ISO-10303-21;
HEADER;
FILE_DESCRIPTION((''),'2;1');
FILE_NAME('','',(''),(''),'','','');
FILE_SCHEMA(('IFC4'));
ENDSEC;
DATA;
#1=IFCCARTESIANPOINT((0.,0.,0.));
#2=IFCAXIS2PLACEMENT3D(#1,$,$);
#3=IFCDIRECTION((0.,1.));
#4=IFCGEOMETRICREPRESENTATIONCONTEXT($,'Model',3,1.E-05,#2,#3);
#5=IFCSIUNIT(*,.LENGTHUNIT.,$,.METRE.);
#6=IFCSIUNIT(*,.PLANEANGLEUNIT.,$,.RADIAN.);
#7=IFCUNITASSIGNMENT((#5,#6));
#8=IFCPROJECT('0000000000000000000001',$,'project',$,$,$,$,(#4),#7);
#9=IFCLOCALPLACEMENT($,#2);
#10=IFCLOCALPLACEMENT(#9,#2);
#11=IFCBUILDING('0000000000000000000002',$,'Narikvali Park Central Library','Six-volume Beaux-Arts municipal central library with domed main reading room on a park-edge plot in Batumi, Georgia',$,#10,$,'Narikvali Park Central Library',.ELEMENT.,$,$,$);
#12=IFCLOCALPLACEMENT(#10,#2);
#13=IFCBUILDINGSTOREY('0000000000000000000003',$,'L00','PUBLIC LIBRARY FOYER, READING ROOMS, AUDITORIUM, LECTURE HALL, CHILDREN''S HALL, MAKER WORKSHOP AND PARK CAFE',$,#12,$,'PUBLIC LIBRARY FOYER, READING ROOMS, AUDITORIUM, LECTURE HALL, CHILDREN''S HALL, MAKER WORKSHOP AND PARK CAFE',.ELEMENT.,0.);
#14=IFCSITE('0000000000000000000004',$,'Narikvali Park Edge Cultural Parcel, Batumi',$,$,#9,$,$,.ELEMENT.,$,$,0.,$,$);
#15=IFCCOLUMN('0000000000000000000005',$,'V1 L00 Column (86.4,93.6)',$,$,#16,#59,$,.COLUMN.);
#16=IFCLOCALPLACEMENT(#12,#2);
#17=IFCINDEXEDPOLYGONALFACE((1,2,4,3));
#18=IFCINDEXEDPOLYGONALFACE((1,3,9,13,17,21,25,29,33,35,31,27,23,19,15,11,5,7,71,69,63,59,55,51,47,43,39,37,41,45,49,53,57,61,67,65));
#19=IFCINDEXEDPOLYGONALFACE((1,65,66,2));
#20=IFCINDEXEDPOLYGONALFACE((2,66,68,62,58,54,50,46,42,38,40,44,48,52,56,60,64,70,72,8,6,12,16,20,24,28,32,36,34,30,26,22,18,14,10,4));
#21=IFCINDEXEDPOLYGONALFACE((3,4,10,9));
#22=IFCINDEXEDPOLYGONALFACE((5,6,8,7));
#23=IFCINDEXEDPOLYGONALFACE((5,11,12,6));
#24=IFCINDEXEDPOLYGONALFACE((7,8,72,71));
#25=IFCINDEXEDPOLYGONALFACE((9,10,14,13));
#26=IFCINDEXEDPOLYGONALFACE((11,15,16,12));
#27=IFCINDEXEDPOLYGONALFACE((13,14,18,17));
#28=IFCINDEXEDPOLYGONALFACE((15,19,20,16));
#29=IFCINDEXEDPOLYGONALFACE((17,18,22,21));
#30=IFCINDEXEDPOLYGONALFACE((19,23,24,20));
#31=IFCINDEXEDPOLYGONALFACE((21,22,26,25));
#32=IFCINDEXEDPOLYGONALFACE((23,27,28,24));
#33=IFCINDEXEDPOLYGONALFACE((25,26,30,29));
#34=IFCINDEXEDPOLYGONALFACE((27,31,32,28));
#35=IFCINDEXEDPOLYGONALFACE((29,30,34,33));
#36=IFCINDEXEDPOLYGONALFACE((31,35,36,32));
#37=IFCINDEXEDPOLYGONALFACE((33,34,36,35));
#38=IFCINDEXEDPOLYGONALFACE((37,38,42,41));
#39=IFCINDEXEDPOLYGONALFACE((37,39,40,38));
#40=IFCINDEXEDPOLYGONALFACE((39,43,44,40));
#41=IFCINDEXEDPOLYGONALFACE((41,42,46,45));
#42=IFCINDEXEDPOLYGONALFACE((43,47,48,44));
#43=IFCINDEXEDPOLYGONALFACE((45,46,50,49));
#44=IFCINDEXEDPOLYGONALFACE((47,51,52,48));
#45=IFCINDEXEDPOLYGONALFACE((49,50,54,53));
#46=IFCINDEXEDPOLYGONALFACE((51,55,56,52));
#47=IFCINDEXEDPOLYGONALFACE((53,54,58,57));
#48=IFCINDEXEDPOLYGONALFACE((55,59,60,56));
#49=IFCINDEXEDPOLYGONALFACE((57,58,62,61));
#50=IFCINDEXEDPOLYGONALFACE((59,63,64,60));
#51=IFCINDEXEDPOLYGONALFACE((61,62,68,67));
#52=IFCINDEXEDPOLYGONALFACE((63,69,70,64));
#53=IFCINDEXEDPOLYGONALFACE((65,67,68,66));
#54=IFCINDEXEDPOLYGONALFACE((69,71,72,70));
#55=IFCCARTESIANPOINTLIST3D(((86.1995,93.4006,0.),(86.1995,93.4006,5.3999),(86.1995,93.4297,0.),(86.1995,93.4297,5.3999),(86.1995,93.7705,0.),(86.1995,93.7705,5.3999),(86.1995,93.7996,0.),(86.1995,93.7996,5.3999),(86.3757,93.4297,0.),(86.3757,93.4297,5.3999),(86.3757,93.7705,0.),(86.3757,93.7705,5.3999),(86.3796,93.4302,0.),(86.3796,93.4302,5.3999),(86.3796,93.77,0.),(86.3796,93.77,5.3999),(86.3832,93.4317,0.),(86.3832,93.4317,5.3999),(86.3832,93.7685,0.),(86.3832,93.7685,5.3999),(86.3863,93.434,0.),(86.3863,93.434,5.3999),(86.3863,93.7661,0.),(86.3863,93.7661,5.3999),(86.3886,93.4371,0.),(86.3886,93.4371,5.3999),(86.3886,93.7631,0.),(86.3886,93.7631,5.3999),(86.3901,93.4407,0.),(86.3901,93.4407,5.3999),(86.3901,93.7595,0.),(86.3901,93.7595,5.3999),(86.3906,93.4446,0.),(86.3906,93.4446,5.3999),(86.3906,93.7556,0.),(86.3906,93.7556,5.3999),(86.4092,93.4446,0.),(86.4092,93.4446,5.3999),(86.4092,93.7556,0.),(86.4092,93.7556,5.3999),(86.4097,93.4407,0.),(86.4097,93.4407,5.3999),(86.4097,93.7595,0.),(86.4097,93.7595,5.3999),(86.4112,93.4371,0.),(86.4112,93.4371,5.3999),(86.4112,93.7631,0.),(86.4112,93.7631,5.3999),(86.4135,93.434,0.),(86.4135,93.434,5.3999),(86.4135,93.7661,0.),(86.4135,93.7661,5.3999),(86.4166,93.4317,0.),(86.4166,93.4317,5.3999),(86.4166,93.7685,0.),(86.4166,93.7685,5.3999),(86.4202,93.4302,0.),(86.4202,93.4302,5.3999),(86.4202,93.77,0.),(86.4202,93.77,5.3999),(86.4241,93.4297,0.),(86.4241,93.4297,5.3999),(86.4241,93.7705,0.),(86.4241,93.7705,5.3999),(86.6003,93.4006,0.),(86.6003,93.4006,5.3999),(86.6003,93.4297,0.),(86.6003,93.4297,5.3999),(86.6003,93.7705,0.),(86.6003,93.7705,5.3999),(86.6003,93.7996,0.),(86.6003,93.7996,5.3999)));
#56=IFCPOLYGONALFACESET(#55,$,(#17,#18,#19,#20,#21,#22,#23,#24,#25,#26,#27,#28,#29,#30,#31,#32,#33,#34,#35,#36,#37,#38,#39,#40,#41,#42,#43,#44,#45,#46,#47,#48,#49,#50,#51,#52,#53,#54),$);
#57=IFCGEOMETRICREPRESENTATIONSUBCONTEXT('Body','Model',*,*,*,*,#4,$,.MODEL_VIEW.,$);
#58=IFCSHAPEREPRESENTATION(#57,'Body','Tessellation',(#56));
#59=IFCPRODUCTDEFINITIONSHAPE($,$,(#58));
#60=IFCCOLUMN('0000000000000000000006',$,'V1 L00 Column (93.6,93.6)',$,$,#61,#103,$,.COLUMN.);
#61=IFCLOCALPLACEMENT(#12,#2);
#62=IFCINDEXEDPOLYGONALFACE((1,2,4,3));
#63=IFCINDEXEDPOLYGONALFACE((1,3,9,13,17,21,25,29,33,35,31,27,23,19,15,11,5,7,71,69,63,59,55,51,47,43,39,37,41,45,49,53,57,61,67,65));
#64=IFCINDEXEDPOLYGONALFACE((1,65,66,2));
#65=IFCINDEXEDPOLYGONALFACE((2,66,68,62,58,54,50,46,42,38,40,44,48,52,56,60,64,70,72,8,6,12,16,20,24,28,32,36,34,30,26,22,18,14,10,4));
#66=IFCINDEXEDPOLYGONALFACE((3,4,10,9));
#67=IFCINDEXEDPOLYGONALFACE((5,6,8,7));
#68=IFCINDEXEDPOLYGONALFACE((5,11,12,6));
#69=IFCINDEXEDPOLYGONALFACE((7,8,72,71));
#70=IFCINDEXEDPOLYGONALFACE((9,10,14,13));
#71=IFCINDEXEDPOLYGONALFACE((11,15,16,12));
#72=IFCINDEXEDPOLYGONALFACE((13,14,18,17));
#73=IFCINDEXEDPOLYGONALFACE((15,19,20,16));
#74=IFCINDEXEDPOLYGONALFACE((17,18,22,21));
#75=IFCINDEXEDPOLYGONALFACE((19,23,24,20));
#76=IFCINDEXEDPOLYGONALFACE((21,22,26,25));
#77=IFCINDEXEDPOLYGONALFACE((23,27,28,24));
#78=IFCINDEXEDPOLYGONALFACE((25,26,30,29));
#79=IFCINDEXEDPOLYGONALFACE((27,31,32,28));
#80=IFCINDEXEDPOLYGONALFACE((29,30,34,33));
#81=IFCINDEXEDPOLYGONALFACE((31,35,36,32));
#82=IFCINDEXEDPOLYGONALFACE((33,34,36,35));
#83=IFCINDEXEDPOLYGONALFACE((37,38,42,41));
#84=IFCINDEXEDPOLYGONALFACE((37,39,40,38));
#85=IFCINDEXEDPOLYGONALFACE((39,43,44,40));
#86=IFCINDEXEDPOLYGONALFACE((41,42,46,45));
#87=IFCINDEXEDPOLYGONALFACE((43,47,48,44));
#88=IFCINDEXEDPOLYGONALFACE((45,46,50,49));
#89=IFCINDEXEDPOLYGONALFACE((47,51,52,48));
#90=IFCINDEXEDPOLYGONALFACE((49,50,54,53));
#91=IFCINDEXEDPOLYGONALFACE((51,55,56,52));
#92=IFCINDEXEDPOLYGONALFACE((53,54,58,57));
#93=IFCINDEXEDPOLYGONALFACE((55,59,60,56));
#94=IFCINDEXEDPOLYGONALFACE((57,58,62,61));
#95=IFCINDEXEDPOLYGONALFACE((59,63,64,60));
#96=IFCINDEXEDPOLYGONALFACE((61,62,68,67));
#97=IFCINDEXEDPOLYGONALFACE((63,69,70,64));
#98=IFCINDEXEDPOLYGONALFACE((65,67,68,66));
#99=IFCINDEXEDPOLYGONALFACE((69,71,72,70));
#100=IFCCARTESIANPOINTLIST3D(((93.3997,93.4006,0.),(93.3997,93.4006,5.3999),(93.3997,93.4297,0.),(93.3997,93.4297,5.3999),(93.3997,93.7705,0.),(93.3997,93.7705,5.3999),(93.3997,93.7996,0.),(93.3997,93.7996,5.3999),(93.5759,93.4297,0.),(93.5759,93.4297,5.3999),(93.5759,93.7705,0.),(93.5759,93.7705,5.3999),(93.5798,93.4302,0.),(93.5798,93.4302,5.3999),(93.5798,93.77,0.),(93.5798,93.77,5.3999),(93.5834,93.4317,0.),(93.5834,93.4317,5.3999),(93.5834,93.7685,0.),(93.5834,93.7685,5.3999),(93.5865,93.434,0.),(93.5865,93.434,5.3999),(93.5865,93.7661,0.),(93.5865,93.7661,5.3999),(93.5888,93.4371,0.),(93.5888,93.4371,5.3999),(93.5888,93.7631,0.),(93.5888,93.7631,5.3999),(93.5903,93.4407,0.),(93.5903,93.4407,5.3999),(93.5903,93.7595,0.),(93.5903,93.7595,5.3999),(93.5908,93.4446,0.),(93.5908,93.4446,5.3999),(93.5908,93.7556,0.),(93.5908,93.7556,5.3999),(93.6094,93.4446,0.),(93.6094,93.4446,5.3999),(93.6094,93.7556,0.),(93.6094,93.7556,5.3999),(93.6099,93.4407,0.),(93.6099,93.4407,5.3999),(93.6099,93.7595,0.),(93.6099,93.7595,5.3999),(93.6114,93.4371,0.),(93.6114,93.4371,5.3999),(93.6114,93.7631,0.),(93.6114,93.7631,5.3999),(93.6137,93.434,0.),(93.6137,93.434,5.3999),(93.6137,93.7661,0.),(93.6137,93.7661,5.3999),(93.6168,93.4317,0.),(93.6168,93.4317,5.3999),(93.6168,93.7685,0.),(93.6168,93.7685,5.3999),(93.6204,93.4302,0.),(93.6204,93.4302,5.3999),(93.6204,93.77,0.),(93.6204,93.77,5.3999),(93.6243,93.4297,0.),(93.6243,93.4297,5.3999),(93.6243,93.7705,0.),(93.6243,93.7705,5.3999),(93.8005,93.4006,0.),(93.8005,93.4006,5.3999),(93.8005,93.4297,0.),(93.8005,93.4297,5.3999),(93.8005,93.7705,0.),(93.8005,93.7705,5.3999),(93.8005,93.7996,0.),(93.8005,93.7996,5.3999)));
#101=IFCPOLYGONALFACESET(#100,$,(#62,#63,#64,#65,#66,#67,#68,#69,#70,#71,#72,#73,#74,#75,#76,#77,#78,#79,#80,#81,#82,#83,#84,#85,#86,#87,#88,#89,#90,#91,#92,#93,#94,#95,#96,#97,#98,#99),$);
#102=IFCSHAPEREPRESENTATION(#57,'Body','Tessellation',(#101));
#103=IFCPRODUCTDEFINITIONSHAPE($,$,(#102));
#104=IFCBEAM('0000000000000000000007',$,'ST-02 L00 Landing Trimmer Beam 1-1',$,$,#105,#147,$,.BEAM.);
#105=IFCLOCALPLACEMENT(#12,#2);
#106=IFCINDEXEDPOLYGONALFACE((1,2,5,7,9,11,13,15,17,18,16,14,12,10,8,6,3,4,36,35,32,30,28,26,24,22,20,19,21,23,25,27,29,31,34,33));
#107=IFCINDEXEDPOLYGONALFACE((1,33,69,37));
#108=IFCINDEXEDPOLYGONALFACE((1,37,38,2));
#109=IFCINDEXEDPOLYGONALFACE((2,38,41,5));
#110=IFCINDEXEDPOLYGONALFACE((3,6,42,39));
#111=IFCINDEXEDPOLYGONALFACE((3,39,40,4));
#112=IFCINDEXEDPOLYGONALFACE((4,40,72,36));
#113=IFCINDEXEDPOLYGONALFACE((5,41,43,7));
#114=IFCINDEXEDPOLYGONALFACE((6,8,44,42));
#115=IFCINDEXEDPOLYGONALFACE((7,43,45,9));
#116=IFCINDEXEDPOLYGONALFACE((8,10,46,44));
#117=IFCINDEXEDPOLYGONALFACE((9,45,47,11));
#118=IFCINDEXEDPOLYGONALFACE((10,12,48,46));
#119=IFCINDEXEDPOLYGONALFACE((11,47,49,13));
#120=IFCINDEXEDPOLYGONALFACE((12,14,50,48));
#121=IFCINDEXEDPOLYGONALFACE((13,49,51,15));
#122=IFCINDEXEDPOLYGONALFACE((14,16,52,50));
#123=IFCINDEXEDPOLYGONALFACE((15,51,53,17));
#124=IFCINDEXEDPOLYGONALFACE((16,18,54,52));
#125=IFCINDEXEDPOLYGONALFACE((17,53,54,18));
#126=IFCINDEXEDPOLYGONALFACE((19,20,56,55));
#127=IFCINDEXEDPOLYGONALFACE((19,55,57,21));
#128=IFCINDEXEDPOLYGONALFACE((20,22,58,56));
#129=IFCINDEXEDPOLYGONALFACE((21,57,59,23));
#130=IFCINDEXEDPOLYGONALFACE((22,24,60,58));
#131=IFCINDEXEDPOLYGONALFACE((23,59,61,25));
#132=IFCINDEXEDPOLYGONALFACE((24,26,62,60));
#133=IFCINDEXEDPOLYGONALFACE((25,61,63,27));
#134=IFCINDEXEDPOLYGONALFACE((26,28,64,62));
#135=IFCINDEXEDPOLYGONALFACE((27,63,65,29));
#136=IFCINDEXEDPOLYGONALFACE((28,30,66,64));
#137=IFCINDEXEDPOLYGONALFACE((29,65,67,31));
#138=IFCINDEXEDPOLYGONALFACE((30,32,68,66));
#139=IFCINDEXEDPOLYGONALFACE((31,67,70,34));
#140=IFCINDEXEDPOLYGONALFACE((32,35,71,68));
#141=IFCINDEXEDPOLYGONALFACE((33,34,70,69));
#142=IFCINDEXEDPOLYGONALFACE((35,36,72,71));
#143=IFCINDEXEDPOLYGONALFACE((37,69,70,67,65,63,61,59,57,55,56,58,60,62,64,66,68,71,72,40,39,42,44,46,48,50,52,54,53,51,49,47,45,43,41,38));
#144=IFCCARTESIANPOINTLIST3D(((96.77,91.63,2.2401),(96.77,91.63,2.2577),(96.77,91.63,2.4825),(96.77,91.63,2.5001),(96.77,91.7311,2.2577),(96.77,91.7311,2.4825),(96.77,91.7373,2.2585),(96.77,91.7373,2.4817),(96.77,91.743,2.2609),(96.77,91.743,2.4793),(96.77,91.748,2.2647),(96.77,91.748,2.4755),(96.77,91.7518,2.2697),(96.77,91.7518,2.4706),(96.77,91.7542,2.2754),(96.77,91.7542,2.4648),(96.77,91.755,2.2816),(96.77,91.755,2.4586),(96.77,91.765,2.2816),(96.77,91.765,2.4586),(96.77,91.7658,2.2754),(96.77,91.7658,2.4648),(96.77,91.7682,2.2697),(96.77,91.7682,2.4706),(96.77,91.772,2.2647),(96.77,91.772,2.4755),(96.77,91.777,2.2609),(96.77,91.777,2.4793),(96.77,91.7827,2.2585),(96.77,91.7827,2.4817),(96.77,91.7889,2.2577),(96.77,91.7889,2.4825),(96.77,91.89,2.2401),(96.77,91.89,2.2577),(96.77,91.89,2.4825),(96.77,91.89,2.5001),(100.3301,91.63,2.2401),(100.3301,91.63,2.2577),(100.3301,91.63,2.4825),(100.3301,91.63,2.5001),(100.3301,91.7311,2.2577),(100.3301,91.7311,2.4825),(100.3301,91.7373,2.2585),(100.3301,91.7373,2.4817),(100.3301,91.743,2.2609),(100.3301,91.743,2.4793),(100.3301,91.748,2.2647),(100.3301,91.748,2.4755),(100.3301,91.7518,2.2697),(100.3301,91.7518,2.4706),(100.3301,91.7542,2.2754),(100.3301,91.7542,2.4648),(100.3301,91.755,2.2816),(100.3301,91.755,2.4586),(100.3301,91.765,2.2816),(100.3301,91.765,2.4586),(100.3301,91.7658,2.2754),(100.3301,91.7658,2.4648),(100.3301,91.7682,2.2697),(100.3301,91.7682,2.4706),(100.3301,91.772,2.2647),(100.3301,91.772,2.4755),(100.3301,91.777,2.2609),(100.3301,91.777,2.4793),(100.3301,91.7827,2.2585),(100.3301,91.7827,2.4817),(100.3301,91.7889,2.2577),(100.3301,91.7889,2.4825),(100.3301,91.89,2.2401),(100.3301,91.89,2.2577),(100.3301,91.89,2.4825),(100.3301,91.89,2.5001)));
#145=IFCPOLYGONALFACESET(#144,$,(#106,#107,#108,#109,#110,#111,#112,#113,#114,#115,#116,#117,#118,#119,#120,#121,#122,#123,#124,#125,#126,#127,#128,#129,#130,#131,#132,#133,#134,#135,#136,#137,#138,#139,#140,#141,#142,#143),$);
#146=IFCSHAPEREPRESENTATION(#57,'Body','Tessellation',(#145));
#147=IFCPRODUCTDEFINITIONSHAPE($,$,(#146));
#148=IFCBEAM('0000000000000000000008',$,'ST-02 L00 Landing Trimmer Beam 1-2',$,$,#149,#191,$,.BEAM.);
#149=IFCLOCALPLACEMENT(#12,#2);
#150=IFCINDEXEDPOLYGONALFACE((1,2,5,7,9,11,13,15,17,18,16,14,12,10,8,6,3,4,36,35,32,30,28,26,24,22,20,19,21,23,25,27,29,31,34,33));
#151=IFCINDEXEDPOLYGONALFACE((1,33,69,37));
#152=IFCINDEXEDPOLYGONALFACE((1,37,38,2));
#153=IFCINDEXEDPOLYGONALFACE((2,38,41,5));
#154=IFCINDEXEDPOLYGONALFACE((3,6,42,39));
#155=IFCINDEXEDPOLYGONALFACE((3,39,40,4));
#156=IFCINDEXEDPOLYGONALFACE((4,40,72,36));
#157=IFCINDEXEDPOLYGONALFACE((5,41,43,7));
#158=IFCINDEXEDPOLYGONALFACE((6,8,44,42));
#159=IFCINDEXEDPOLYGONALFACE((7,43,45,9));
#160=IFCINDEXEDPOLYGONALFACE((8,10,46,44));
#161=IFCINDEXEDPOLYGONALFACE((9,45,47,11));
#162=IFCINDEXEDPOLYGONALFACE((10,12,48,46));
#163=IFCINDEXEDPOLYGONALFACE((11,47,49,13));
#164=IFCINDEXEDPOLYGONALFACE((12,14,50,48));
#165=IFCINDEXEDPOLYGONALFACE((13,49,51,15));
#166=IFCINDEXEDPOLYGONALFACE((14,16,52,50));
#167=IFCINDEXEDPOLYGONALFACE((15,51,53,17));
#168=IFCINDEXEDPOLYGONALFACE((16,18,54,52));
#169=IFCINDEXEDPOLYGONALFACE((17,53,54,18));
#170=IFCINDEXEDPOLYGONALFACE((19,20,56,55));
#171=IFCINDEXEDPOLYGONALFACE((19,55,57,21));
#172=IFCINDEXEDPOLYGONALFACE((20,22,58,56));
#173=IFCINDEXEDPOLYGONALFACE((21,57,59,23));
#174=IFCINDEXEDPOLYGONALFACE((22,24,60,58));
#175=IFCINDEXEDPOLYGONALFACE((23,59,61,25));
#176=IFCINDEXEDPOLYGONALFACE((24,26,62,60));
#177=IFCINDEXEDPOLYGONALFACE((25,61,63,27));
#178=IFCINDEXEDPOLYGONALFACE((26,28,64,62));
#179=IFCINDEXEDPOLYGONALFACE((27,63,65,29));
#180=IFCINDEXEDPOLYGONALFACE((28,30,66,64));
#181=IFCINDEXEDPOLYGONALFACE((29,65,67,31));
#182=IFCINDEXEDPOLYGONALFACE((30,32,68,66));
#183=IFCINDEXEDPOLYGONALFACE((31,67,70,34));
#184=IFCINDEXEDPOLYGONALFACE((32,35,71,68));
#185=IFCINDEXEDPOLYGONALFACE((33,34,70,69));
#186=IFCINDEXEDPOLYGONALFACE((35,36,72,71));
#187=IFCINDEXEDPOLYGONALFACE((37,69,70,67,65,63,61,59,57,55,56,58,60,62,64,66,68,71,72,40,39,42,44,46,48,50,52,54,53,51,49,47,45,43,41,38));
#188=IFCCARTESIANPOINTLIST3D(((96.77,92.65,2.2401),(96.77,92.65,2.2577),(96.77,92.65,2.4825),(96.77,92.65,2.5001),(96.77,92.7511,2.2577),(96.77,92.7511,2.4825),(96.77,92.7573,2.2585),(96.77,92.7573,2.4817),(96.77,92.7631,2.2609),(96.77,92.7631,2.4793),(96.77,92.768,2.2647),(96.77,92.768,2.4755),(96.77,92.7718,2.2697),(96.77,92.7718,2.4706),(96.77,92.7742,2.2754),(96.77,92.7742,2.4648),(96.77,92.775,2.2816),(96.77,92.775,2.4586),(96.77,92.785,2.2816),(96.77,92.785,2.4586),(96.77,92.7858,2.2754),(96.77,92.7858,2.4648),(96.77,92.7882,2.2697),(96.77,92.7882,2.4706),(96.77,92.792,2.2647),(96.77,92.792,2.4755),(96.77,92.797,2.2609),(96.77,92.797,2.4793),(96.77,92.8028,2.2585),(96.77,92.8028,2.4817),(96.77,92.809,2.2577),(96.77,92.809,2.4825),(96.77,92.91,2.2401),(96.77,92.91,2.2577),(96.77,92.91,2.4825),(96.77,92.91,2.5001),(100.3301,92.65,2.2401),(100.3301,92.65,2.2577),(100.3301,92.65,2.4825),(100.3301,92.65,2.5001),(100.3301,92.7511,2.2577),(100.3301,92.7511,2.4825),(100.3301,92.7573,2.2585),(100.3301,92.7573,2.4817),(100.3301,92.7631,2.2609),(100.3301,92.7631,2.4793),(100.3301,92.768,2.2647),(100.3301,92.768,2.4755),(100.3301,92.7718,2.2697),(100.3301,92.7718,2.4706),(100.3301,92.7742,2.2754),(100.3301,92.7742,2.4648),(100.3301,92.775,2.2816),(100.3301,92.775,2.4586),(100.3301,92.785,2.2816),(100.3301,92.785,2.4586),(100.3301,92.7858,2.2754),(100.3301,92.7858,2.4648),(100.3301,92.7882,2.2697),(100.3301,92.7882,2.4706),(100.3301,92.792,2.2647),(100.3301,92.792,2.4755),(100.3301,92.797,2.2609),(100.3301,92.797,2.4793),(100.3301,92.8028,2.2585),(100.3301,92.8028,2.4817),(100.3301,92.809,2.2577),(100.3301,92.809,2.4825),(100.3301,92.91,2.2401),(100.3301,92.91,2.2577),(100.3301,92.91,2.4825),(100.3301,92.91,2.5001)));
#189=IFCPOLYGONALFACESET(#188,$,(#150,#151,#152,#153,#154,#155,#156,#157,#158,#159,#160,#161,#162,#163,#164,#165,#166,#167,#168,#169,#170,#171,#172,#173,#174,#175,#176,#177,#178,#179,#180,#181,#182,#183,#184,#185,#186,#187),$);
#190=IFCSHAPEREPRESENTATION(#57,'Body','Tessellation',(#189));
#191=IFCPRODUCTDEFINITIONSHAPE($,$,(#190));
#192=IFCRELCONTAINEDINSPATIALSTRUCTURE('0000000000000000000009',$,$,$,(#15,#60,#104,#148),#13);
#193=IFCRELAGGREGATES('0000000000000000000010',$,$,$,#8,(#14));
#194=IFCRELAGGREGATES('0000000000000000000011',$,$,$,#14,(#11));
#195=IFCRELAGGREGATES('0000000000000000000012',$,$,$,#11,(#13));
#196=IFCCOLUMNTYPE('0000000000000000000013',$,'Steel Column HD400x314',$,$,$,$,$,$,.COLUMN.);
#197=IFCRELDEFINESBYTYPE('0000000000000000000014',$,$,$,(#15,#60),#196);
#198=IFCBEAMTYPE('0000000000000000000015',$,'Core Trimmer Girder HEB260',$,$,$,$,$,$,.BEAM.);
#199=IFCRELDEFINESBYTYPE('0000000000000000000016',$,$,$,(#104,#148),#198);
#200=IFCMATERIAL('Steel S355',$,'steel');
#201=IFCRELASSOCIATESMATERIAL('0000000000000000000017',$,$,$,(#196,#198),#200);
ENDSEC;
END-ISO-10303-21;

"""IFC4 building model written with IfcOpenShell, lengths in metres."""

from ifc_helpers import new_model, si_unit, direction, frame, origin, origin_2d, place, context, subcontext, project, spatial, i_section, extrude, material, material_profile, profile_set, type_object, element, save


model = new_model("IFC4")

# Units and contexts
model_context = context("Model", 3, precision=1e-05, world=origin(), true_north=direction((0.0, 1.0)))
body_context = subcontext(model_context, "Body", "Model", "MODEL_VIEW")
ifc_project = project(units=[si_unit("LENGTHUNIT", "METRE"), si_unit("PLANEANGLEUNIT", "RADIAN")], contexts=[model_context])

# Site, building, storey
site_placement = place(None, origin())
site = spatial("IfcSite", under=ifc_project, at=site_placement, Name="Narikvali Park Edge Cultural Parcel, Batumi", CompositionType="ELEMENT", RefElevation=0.0)
building_placement = place(site_placement, origin())
building = spatial("IfcBuilding", under=site, at=building_placement, Name="Narikvali Park Central Library", Description="Six-volume Beaux-Arts municipal central library with domed main reading room on a park-edge plot in Batumi, Georgia", LongName="Narikvali Park Central Library", CompositionType="ELEMENT")
storey_placement = place(building_placement, origin())
storey = spatial("IfcBuildingStorey", under=building, at=storey_placement, Name="L00", Description="PUBLIC LIBRARY FOYER, READING ROOMS, AUDITORIUM, LECTURE HALL, CHILDREN'S HALL, MAKER WORKSHOP AND PARK CAFE", LongName="PUBLIC LIBRARY FOYER, READING ROOMS, AUDITORIUM, LECTURE HALL, CHILDREN'S HALL, MAKER WORKSHOP AND PARK CAFE", CompositionType="ELEMENT", Elevation=0.0)

# Columns
ifc_material_1 = material(Name="Steel S355", Category="steel")
ifc_material_profile_1 = material_profile(ifc_material_1, i_section(OverallWidth=0.4009, OverallDepth=0.3989, WebThickness=0.0186, FlangeThickness=0.0291, FilletRadius=0.0149, at=origin_2d()), Name="HD 400x314")
ifc_profile_set_1 = profile_set([ifc_material_profile_1], Name="Steel S355")
column_type = type_object("IfcColumnType", Name="Steel Column HD400x314", PredefinedType="COLUMN", material=ifc_profile_set_1)
for number, where, z_axis, x_axis, name in (
    (1, (86.3999, 93.6001, 0.0), (0.0, 0.0, 1.0), (1.0, 0.0, 0.0), "V1 L00 Column (86.4,93.6)"),
    (2, (93.6001, 93.6001, 0.0), (0.0, 0.0, 1.0), (1.0, 0.0, 0.0), "V1 L00 Column (93.6,93.6)"),
):
    element("IfcColumn", number, at=place(storey_placement, frame(where, z_axis=z_axis, x_axis=x_axis)), inside=storey, type_object=column_type, Name=name, PredefinedType="COLUMN", context=body_context, shape_type="SweptSolid", body=[
        extrude(i_section(OverallWidth=0.4009, OverallDepth=0.3989, WebThickness=0.0186, FlangeThickness=0.0291, FilletRadius=0.0149, at=origin_2d()), origin(), (0.0, 0.0, 1.0), 5.3999),
    ])

# Beams
ifc_material_profile_2 = material_profile(ifc_material_1, i_section(OverallWidth=0.26, OverallDepth=0.26, WebThickness=0.01, FlangeThickness=0.0176, FilletRadius=0.0239, at=origin_2d()), Name="HEB 260")
ifc_profile_set_2 = profile_set([ifc_material_profile_2], Name="Steel S355")
beam_type_1 = type_object("IfcBeamType", Name="Core Trimmer Girder HEB260", PredefinedType="BEAM", material=ifc_profile_set_2)
for number, where, z_axis, x_axis, name in (
    (3, (96.77, 91.76, 2.3701), (1.0, 0.0, 0.0), (0.0, 1.0, 0.0), "ST-02 L00 Landing Trimmer Beam 1-1"),
    (4, (96.77, 92.78, 2.3701), (1.0, 0.0, 0.0), (0.0, 1.0, 0.0), "ST-02 L00 Landing Trimmer Beam 1-2"),
):
    element("IfcBeam", number, at=place(storey_placement, frame(where, z_axis=z_axis, x_axis=x_axis)), inside=storey, type_object=beam_type_1, Name=name, PredefinedType="BEAM", context=body_context, shape_type="SweptSolid", body=[
        extrude(i_section(OverallWidth=0.26, OverallDepth=0.26, WebThickness=0.01, FlangeThickness=0.0176, FilletRadius=0.0239, at=origin_2d()), origin(), (0.0, 0.0, 1.0), 3.5601),
    ])

save(model, "model.ifc")
